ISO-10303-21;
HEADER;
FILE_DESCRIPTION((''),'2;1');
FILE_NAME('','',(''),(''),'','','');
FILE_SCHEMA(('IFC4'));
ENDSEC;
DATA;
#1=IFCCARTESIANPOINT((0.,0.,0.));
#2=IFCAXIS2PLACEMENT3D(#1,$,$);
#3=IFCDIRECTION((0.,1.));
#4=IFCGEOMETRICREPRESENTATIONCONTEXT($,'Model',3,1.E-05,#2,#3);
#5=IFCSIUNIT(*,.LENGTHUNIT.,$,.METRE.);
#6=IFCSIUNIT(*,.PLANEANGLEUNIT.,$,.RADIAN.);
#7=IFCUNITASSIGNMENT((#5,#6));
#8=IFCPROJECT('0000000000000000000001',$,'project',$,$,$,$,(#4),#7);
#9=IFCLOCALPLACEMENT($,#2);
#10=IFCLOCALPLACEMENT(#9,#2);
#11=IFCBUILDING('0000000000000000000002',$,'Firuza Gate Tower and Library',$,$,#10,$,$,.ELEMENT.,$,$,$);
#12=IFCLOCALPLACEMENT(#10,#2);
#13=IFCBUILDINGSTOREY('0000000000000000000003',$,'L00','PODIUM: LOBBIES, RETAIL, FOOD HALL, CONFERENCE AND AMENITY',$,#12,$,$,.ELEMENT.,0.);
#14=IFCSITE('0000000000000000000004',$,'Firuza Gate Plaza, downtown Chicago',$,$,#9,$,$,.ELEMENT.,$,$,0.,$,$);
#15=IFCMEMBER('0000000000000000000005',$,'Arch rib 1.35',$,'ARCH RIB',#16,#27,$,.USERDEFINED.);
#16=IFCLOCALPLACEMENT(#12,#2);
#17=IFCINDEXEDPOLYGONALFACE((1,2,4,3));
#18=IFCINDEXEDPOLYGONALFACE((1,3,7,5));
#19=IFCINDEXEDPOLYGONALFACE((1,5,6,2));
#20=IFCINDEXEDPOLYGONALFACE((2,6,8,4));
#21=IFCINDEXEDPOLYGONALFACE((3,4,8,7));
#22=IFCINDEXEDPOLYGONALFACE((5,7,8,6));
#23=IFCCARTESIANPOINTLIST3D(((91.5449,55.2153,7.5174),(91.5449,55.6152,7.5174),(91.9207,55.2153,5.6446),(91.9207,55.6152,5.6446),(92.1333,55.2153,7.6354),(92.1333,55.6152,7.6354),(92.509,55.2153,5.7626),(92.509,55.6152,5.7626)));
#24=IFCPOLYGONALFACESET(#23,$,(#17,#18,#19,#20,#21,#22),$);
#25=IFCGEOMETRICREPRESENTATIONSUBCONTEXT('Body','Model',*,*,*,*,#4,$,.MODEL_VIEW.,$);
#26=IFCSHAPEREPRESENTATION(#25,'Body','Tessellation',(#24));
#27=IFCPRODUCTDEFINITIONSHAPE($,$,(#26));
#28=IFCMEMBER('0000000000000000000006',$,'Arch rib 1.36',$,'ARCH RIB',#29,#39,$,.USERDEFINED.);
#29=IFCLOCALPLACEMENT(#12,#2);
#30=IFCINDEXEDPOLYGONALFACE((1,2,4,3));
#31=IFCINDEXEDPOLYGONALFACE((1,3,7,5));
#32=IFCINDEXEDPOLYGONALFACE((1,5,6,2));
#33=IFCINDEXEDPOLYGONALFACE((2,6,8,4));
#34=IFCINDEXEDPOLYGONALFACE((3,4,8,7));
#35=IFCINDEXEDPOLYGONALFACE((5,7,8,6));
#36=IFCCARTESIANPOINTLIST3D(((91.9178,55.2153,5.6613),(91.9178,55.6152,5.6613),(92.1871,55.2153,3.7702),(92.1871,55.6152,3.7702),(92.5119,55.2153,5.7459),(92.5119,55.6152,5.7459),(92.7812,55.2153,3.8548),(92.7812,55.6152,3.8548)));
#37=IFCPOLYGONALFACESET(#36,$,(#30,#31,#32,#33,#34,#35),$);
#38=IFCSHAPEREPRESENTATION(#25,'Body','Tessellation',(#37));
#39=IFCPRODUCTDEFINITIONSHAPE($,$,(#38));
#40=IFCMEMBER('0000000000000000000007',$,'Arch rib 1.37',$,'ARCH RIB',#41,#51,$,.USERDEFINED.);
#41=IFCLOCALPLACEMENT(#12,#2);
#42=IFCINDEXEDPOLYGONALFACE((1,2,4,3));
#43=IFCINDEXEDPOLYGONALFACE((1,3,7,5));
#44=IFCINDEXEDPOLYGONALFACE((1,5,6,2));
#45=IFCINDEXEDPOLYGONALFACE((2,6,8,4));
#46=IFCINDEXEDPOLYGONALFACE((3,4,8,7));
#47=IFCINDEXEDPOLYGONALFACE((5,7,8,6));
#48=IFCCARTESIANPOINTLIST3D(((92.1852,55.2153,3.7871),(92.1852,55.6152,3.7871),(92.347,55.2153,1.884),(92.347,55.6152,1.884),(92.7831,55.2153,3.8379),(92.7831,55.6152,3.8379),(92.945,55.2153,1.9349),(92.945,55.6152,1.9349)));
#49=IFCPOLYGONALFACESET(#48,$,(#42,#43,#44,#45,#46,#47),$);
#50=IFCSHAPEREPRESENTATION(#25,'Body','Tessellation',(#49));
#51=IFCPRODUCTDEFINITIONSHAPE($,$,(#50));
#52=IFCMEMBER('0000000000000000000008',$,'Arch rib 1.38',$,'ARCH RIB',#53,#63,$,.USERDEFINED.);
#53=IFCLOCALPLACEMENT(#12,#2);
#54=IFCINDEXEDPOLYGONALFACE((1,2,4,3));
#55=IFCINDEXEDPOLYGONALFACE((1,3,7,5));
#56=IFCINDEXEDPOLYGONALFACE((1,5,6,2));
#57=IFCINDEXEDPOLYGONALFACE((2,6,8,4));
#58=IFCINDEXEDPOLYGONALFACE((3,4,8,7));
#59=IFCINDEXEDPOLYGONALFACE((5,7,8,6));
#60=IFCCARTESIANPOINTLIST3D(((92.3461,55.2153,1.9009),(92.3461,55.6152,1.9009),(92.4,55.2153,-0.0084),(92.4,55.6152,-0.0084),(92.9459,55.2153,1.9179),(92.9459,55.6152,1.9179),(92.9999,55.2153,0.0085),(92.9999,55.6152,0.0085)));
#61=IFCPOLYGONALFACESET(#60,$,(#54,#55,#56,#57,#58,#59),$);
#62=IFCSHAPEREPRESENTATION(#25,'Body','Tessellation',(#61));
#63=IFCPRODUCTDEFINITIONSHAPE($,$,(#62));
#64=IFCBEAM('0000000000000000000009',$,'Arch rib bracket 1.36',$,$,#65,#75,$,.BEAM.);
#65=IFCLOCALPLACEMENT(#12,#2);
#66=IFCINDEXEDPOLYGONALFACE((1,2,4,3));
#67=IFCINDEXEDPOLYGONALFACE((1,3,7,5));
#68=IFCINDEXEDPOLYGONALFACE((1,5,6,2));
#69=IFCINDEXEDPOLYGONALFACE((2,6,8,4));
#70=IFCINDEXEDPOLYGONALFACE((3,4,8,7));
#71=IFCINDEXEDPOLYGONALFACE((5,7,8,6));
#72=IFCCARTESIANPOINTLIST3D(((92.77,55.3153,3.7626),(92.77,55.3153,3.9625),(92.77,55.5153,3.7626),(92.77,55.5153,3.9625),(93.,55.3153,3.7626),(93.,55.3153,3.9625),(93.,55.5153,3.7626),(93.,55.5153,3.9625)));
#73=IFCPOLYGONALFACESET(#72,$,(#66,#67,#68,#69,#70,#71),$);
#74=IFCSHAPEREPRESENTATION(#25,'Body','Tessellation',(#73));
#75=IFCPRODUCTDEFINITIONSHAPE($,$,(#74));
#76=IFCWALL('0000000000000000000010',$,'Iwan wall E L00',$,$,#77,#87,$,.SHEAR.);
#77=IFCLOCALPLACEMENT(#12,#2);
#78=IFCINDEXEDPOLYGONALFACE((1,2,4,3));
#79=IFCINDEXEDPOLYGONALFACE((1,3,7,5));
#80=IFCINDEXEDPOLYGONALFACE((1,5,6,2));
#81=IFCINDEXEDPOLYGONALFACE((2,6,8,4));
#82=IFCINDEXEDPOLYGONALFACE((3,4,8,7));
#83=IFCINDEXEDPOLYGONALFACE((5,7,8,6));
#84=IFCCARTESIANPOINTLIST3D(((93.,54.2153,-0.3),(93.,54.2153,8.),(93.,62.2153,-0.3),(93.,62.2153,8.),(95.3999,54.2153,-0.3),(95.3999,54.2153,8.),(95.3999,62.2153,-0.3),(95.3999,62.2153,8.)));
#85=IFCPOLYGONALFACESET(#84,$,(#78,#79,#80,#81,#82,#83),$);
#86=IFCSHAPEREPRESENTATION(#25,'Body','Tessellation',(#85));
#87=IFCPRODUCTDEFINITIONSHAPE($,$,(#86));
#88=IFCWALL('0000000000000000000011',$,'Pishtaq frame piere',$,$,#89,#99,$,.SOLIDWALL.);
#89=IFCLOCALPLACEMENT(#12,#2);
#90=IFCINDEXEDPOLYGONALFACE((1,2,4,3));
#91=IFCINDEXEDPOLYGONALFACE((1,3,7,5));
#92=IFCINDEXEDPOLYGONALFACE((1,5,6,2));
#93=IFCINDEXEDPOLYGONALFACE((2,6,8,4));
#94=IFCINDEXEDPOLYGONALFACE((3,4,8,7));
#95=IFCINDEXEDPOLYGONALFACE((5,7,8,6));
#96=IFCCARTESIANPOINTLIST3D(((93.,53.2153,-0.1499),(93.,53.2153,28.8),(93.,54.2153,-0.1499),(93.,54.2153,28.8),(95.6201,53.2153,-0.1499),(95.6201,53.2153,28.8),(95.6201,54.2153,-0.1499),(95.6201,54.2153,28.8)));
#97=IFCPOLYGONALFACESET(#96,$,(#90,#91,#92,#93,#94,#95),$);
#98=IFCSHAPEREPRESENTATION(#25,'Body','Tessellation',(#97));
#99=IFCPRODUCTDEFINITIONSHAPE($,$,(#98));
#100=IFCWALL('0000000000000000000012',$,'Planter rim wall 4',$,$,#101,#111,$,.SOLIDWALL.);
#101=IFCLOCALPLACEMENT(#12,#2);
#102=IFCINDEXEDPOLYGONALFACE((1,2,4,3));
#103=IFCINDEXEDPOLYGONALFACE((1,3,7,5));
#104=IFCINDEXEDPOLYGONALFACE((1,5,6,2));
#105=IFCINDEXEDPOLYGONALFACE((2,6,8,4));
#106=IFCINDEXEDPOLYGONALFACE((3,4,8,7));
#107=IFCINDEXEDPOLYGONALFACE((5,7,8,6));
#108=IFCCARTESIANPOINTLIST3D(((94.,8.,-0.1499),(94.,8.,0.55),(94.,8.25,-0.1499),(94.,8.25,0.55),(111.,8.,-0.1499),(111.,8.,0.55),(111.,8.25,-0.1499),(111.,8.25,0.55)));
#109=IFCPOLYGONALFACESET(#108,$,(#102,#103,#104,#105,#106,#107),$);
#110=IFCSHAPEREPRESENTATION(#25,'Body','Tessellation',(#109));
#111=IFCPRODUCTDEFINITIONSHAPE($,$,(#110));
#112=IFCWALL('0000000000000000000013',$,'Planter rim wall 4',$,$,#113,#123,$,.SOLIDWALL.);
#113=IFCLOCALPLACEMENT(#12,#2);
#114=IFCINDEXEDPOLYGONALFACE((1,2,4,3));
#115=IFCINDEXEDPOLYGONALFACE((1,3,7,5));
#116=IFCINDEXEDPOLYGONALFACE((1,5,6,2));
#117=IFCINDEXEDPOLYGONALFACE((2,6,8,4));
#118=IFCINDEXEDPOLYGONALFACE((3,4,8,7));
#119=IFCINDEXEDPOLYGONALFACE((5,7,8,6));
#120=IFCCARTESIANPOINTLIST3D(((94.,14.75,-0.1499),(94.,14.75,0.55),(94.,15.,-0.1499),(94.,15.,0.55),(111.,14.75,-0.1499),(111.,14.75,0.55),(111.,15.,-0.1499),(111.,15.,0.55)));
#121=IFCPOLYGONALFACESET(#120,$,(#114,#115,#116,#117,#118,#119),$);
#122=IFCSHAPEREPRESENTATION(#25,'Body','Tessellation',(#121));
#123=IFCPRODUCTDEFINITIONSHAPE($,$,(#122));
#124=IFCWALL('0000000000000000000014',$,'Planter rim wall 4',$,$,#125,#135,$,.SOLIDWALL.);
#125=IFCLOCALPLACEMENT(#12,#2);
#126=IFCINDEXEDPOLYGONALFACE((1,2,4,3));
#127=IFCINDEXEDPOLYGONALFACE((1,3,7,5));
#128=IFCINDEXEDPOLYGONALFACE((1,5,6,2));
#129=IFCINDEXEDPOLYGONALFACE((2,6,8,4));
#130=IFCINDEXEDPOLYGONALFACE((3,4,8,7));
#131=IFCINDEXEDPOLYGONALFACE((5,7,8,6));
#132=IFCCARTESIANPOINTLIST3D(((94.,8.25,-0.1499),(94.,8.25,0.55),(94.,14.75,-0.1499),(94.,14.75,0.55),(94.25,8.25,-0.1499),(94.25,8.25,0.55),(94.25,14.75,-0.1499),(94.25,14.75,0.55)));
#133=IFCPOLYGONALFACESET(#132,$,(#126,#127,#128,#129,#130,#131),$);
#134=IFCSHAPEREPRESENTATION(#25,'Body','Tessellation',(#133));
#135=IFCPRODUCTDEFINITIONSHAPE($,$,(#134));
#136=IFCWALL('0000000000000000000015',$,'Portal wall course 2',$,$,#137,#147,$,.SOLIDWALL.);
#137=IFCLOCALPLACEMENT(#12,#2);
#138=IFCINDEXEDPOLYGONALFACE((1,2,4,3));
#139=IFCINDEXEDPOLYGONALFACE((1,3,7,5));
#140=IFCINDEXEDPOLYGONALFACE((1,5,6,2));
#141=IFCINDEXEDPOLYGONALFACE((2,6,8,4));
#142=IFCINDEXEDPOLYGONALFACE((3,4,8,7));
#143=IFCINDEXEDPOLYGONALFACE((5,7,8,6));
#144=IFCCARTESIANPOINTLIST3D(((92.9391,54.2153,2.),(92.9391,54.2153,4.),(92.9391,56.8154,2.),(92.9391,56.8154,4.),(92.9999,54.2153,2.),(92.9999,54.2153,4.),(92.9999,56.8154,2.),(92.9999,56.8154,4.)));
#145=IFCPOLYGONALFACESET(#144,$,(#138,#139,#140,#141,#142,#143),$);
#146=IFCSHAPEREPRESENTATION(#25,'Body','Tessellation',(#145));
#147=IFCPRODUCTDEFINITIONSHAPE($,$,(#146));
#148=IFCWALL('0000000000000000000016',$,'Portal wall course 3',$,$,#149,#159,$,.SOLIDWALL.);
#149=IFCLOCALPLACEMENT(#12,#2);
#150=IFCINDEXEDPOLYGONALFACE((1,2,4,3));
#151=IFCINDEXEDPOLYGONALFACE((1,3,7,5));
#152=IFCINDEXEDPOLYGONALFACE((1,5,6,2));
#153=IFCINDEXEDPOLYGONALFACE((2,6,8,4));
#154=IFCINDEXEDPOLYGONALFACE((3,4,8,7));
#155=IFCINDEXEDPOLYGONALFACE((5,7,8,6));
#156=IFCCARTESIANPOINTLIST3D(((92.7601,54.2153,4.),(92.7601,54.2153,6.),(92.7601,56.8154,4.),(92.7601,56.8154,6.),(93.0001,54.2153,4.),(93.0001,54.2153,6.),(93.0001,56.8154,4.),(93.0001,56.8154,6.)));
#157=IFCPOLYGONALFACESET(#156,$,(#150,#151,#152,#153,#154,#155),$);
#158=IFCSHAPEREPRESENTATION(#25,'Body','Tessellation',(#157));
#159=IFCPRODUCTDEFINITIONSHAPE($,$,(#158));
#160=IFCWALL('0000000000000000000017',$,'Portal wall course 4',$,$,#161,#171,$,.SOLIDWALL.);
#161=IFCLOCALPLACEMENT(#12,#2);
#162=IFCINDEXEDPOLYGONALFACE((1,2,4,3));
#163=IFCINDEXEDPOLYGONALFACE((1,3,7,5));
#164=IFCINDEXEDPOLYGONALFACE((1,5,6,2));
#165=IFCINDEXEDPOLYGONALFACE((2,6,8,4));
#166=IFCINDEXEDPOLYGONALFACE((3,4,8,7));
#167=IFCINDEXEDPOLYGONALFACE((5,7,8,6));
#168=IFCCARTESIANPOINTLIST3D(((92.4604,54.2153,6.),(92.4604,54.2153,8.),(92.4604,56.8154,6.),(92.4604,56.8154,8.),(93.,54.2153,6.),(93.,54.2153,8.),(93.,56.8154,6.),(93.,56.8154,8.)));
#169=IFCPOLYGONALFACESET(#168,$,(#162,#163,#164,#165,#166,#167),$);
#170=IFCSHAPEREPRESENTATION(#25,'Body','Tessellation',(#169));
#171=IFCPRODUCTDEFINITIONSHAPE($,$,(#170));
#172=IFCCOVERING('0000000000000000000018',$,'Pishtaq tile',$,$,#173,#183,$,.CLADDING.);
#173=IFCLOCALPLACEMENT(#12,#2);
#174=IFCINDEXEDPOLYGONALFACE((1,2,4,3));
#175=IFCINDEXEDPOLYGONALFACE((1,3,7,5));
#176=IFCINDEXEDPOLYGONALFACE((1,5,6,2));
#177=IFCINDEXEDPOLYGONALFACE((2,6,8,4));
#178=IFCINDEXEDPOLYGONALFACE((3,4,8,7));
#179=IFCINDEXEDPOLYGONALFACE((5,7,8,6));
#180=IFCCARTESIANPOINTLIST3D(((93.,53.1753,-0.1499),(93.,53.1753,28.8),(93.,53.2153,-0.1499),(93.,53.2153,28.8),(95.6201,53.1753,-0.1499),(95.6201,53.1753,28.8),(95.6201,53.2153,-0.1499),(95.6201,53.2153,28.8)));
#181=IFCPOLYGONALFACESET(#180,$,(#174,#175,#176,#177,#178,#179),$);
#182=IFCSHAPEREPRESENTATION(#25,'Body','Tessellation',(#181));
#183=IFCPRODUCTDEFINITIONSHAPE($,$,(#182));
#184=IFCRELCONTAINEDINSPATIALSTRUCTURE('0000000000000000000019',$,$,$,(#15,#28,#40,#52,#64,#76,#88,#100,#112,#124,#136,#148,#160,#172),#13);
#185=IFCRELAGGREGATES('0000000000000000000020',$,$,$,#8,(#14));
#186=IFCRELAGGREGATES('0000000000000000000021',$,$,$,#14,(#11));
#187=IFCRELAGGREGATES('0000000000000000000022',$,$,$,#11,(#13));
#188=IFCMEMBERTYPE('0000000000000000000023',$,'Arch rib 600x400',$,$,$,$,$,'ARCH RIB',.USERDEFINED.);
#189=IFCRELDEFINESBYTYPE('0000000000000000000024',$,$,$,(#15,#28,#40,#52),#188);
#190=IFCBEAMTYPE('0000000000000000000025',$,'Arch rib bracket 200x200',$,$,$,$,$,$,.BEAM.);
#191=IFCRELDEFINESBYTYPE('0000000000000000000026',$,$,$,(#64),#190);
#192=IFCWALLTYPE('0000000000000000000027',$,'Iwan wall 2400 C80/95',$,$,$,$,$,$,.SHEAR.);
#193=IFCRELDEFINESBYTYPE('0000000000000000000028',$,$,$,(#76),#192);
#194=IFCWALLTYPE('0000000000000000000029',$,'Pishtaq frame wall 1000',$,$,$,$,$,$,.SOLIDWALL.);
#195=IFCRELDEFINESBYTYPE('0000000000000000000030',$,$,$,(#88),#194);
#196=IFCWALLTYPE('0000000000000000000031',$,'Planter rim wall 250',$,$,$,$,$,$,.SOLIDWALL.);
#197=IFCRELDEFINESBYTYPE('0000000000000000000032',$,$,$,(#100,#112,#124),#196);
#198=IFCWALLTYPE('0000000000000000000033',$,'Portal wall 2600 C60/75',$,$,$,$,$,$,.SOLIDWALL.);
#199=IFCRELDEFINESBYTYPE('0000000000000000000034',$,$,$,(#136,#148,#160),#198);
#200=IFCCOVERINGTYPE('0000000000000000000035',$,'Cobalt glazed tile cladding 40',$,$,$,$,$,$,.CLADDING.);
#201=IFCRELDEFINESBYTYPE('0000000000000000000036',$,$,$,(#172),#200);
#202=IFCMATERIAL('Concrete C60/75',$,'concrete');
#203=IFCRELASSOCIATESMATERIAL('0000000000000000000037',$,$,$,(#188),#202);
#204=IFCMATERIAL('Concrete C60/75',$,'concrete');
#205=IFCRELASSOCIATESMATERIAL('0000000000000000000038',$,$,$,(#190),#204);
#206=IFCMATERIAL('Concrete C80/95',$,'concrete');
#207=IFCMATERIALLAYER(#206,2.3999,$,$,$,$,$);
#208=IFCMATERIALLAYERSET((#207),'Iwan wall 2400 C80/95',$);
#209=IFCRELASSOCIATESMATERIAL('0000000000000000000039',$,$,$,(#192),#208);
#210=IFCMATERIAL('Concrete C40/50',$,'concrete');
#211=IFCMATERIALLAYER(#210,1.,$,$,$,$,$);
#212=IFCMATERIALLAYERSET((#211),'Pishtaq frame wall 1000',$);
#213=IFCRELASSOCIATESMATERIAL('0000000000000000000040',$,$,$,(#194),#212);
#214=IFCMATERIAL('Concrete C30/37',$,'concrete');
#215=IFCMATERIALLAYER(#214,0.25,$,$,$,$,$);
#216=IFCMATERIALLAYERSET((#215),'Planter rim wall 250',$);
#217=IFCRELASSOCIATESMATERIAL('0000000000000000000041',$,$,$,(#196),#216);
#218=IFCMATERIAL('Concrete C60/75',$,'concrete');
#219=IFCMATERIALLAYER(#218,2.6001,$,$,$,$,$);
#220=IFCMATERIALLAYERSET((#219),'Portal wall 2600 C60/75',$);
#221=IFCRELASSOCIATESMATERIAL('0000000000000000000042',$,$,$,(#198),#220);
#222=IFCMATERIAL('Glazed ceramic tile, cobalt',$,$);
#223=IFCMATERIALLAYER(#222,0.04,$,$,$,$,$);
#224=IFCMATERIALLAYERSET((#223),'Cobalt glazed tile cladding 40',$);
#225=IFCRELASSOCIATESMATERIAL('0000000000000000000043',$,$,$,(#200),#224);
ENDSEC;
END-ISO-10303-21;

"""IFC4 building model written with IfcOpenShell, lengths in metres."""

from ifc_helpers import new_model, si_unit, direction, frame, frame_2d, origin, origin_2d, place, context, subcontext, project, spatial, polyline, rectangle, outline, extrude, material, layer, layer_set, material_profile, profile_set, type_object, element, save


model = new_model("IFC4")

# Units and contexts
model_context = context("Model", 3, precision=1e-05, world=origin(), true_north=direction((0.0, 1.0)))
body_context = subcontext(model_context, "Body", "Model", "MODEL_VIEW")
ifc_project = project(units=[si_unit("LENGTHUNIT", "METRE"), si_unit("PLANEANGLEUNIT", "RADIAN")], contexts=[model_context])

# Site, building, storey
site_placement = place(None, origin())
site = spatial("IfcSite", under=ifc_project, at=site_placement, Name="Firuza Gate Plaza, downtown Chicago", CompositionType="ELEMENT", RefElevation=0.0)
building_placement = place(site_placement, origin())
building = spatial("IfcBuilding", under=site, at=building_placement, Name="Firuza Gate Tower and Library", CompositionType="ELEMENT")
storey_placement = place(building_placement, origin())
storey = spatial("IfcBuildingStorey", under=building, at=storey_placement, Name="L00", Description="PODIUM: LOBBIES, RETAIL, FOOD HALL, CONFERENCE AND AMENITY", CompositionType="ELEMENT", Elevation=0.0)

# Members
ifc_material_1 = material(Name="Concrete C60/75", Category="concrete")
ifc_material_profile_1 = material_profile(ifc_material_1, rectangle(XDim=0.3999, YDim=0.6001, at=origin_2d()))
ifc_profile_set_1 = profile_set([ifc_material_profile_1], Name="Concrete C60/75")
member_type = type_object("IfcMemberType", Name="Arch rib 600x400", ElementType="ARCH RIB", PredefinedType="USERDEFINED", material=ifc_profile_set_1)
for number, where, z_axis, x_axis, name in (
    (1, (91.8391, 55.4153, 7.5764), (0.196706, 0.0, -0.980463), (0.0, 1.0, 0.0), "Arch rib 1.35"),
    (2, (92.2148, 55.4153, 5.7036), (0.140974, 0.0, -0.990013), (0.0, 1.0, 0.0), "Arch rib 1.36"),
):
    element("IfcMember", number, at=place(storey_placement, frame(where, z_axis=z_axis, x_axis=x_axis)), inside=storey, type_object=member_type, Name=name, ObjectType="ARCH RIB", PredefinedType="USERDEFINED", context=body_context, shape_type="SweptSolid", body=[
        extrude(rectangle(XDim=0.3999, YDim=0.6001, at=origin_2d()), origin(), (0.0, 0.0, 1.0), 1.9102),
    ])
member_1_placement = place(storey_placement, frame((92.4841, 55.4153, 3.8125), z_axis=(0.084749, 0.0, -0.996402), x_axis=(0.0, 1.0, 0.0)))
element("IfcMember", 3, at=member_1_placement, inside=storey, type_object=member_type, Name="Arch rib 1.37", ObjectType="ARCH RIB", PredefinedType="USERDEFINED", context=body_context, shape_type="SweptSolid", body=[
    extrude(rectangle(XDim=0.3999, YDim=0.6001, at=origin_2d()), origin(), (0.0, 0.0, 1.0), 1.9099),
])
member_2_placement = place(storey_placement, frame((92.646, 55.4153, 1.9094), z_axis=(0.028246, 0.0, -0.999601), x_axis=(0.0, 1.0, 0.0)))
element("IfcMember", 4, at=member_2_placement, inside=storey, type_object=member_type, Name="Arch rib 1.38", ObjectType="ARCH RIB", PredefinedType="USERDEFINED", context=body_context, shape_type="SweptSolid", body=[
    extrude(rectangle(XDim=0.3999, YDim=0.6001, at=origin_2d()), origin(), (0.0, 0.0, 1.0), 1.9102),
])

# Beam
ifc_material_2 = material(Name="Concrete C60/75", Category="concrete")
ifc_material_profile_2 = material_profile(ifc_material_2, rectangle(XDim=0.2, YDim=0.2, at=origin_2d()))
ifc_profile_set_2 = profile_set([ifc_material_profile_2], Name="Concrete C60/75")
beam_type = type_object("IfcBeamType", Name="Arch rib bracket 200x200", PredefinedType="BEAM", material=ifc_profile_set_2)
beam_placement = place(storey_placement, frame((93.0, 55.4153, 3.8625), z_axis=(-1.0, 0.0, 0.0), x_axis=(0.0, -1.0, 0.0)))
element("IfcBeam", 5, at=beam_placement, inside=storey, type_object=beam_type, Name="Arch rib bracket 1.36", PredefinedType="BEAM", context=body_context, shape_type="SweptSolid", body=[
    extrude(rectangle(XDim=0.2, YDim=0.2, at=origin_2d()), origin(), (0.0, 0.0, 1.0), 0.23),
])

# Walls
ifc_material_3 = material(Name="Concrete C80/95", Category="concrete")
ifc_layer_1 = layer(ifc_material_3, 2.3999)
ifc_layer_set_1 = layer_set([ifc_layer_1], Name="Iwan wall 2400 C80/95")
wall_type_1 = type_object("IfcWallType", Name="Iwan wall 2400 C80/95", PredefinedType="SHEAR", material=ifc_layer_set_1)
wall_1_placement = place(storey_placement, frame((94.2, 54.2153, -0.3), z_axis=(0.0, 0.0, 1.0), x_axis=(0.0, 1.0, 0.0)))
element("IfcWall", 6, at=wall_1_placement, inside=storey, type_object=wall_type_1, Name="Iwan wall E L00", PredefinedType="SHEAR", context=body_context, shape_type="SweptSolid", body=[
    extrude(rectangle(XDim=8.0, YDim=2.3999, at=frame_2d((4.0, 0.0))), origin(), (0.0, 0.0, 1.0), 8.3),
])
ifc_material_4 = material(Name="Concrete C40/50", Category="concrete")
ifc_layer_2 = layer(ifc_material_4, 1.0)
ifc_layer_set_2 = layer_set([ifc_layer_2], Name="Pishtaq frame wall 1000")
wall_type_2 = type_object("IfcWallType", Name="Pishtaq frame wall 1000", PredefinedType="SOLIDWALL", material=ifc_layer_set_2)
wall_2_placement = place(storey_placement, frame((93.0, 53.7153, -0.1499), z_axis=(0.0, 0.0, 1.0), x_axis=(1.0, 0.0, 0.0)))
element("IfcWall", 7, at=wall_2_placement, inside=storey, type_object=wall_type_2, Name="Pishtaq frame piere", PredefinedType="SOLIDWALL", context=body_context, shape_type="SweptSolid", body=[
    extrude(rectangle(XDim=2.6201, YDim=1.0, at=frame_2d((1.3101, 0.0))), origin(), (0.0, 0.0, 1.0), 28.95),
])
ifc_material_5 = material(Name="Concrete C30/37", Category="concrete")
ifc_layer_3 = layer(ifc_material_5, 0.25)
ifc_layer_set_3 = layer_set([ifc_layer_3], Name="Planter rim wall 250")
wall_type_3 = type_object("IfcWallType", Name="Planter rim wall 250", PredefinedType="SOLIDWALL", material=ifc_layer_set_3)
for number, where, z_axis, x_axis, name in (
    (8, (94.0, 8.125, -0.1499), (0.0, 0.0, 1.0), (1.0, 0.0, 0.0), "Planter rim wall 4"),
    (9, (94.0, 14.875, -0.1499), (0.0, 0.0, 1.0), (1.0, 0.0, 0.0), "Planter rim wall 4"),
):
    element("IfcWall", number, at=place(storey_placement, frame(where, z_axis=z_axis, x_axis=x_axis)), inside=storey, type_object=wall_type_3, Name=name, PredefinedType="SOLIDWALL", context=body_context, shape_type="SweptSolid", body=[
        extrude(rectangle(XDim=17.0, YDim=0.25, at=frame_2d((8.5, 0.0))), origin(), (0.0, 0.0, 1.0), 0.7),
    ])
wall_3_placement = place(storey_placement, frame((94.125, 8.25, -0.1499), z_axis=(0.0, 0.0, 1.0), x_axis=(0.0, 1.0, 0.0)))
element("IfcWall", 10, at=wall_3_placement, inside=storey, type_object=wall_type_3, Name="Planter rim wall 4", PredefinedType="SOLIDWALL", context=body_context, shape_type="SweptSolid", body=[
    extrude(rectangle(XDim=6.5, YDim=0.25, at=frame_2d((3.25, 0.0))), origin(), (0.0, 0.0, 1.0), 0.7),
])
ifc_material_6 = material(Name="Concrete C60/75", Category="concrete")
ifc_layer_4 = layer(ifc_material_6, 2.6001)
ifc_layer_set_4 = layer_set([ifc_layer_4], Name="Portal wall 2600 C60/75")
wall_type_4 = type_object("IfcWallType", Name="Portal wall 2600 C60/75", PredefinedType="SOLIDWALL", material=ifc_layer_set_4)
wall_4_placement = place(storey_placement, frame((92.9392, 55.5154, 2.0), z_axis=(0.0, 0.0, 1.0), x_axis=(1.0, 0.0, 0.0)))
element("IfcWall", 11, at=wall_4_placement, inside=storey, type_object=wall_type_4, Name="Portal wall course 2", PredefinedType="SOLIDWALL", context=body_context, shape_type="SweptSolid", body=[
    extrude(rectangle(XDim=0.0608, YDim=2.6001, at=frame_2d((0.0303, 0.0))), origin(), (0.0, 0.0, 1.0), 2.0),
])
wall_5_placement = place(storey_placement, frame((92.76, 55.5154, 4.0), z_axis=(0.0, 0.0, 1.0), x_axis=(1.0, 0.0, 0.0)))
element("IfcWall", 12, at=wall_5_placement, inside=storey, type_object=wall_type_4, Name="Portal wall course 3", PredefinedType="SOLIDWALL", context=body_context, shape_type="SweptSolid", body=[
    extrude(rectangle(XDim=0.24, YDim=2.6001, at=frame_2d((0.1201, 0.0))), origin(), (0.0, 0.0, 1.0), 2.0),
])
wall_6_placement = place(storey_placement, frame((92.4604, 55.5154, 6.0), z_axis=(0.0, 0.0, 1.0), x_axis=(1.0, 0.0, 0.0)))
element("IfcWall", 13, at=wall_6_placement, inside=storey, type_object=wall_type_4, Name="Portal wall course 4", PredefinedType="SOLIDWALL", context=body_context, shape_type="SweptSolid", body=[
    extrude(rectangle(XDim=0.5396, YDim=2.6001, at=frame_2d((0.2698, 0.0))), origin(), (0.0, 0.0, 1.0), 2.0),
])

# Covering
ifc_material_7 = material(Name="Glazed ceramic tile, cobalt")
ifc_layer_5 = layer(ifc_material_7, 0.04)
ifc_layer_set_5 = layer_set([ifc_layer_5], Name="Cobalt glazed tile cladding 40")
covering_type_1 = type_object("IfcCoveringType", Name="Cobalt glazed tile cladding 40", PredefinedType="CLADDING", material=ifc_layer_set_5)
covering_1_placement = place(storey_placement, frame((93.0, 53.1753, -0.1499), z_axis=(0.0, -1.0, 0.0), x_axis=(1.0, 0.0, 0.0)))
element("IfcCovering", 14, at=covering_1_placement, inside=storey, type_object=covering_type_1, Name="Pishtaq tile", PredefinedType="CLADDING", context=body_context, shape_type="SweptSolid", body=[
    extrude(outline(polyline([(0.0, 0.0), (2.6201, 0.0), (2.6201, 28.95), (0.0, 28.95), (0.0, 0.0)])), origin(), (0.0, 0.0, -1.0), 0.04),
])

save(model, "model.ifc")
